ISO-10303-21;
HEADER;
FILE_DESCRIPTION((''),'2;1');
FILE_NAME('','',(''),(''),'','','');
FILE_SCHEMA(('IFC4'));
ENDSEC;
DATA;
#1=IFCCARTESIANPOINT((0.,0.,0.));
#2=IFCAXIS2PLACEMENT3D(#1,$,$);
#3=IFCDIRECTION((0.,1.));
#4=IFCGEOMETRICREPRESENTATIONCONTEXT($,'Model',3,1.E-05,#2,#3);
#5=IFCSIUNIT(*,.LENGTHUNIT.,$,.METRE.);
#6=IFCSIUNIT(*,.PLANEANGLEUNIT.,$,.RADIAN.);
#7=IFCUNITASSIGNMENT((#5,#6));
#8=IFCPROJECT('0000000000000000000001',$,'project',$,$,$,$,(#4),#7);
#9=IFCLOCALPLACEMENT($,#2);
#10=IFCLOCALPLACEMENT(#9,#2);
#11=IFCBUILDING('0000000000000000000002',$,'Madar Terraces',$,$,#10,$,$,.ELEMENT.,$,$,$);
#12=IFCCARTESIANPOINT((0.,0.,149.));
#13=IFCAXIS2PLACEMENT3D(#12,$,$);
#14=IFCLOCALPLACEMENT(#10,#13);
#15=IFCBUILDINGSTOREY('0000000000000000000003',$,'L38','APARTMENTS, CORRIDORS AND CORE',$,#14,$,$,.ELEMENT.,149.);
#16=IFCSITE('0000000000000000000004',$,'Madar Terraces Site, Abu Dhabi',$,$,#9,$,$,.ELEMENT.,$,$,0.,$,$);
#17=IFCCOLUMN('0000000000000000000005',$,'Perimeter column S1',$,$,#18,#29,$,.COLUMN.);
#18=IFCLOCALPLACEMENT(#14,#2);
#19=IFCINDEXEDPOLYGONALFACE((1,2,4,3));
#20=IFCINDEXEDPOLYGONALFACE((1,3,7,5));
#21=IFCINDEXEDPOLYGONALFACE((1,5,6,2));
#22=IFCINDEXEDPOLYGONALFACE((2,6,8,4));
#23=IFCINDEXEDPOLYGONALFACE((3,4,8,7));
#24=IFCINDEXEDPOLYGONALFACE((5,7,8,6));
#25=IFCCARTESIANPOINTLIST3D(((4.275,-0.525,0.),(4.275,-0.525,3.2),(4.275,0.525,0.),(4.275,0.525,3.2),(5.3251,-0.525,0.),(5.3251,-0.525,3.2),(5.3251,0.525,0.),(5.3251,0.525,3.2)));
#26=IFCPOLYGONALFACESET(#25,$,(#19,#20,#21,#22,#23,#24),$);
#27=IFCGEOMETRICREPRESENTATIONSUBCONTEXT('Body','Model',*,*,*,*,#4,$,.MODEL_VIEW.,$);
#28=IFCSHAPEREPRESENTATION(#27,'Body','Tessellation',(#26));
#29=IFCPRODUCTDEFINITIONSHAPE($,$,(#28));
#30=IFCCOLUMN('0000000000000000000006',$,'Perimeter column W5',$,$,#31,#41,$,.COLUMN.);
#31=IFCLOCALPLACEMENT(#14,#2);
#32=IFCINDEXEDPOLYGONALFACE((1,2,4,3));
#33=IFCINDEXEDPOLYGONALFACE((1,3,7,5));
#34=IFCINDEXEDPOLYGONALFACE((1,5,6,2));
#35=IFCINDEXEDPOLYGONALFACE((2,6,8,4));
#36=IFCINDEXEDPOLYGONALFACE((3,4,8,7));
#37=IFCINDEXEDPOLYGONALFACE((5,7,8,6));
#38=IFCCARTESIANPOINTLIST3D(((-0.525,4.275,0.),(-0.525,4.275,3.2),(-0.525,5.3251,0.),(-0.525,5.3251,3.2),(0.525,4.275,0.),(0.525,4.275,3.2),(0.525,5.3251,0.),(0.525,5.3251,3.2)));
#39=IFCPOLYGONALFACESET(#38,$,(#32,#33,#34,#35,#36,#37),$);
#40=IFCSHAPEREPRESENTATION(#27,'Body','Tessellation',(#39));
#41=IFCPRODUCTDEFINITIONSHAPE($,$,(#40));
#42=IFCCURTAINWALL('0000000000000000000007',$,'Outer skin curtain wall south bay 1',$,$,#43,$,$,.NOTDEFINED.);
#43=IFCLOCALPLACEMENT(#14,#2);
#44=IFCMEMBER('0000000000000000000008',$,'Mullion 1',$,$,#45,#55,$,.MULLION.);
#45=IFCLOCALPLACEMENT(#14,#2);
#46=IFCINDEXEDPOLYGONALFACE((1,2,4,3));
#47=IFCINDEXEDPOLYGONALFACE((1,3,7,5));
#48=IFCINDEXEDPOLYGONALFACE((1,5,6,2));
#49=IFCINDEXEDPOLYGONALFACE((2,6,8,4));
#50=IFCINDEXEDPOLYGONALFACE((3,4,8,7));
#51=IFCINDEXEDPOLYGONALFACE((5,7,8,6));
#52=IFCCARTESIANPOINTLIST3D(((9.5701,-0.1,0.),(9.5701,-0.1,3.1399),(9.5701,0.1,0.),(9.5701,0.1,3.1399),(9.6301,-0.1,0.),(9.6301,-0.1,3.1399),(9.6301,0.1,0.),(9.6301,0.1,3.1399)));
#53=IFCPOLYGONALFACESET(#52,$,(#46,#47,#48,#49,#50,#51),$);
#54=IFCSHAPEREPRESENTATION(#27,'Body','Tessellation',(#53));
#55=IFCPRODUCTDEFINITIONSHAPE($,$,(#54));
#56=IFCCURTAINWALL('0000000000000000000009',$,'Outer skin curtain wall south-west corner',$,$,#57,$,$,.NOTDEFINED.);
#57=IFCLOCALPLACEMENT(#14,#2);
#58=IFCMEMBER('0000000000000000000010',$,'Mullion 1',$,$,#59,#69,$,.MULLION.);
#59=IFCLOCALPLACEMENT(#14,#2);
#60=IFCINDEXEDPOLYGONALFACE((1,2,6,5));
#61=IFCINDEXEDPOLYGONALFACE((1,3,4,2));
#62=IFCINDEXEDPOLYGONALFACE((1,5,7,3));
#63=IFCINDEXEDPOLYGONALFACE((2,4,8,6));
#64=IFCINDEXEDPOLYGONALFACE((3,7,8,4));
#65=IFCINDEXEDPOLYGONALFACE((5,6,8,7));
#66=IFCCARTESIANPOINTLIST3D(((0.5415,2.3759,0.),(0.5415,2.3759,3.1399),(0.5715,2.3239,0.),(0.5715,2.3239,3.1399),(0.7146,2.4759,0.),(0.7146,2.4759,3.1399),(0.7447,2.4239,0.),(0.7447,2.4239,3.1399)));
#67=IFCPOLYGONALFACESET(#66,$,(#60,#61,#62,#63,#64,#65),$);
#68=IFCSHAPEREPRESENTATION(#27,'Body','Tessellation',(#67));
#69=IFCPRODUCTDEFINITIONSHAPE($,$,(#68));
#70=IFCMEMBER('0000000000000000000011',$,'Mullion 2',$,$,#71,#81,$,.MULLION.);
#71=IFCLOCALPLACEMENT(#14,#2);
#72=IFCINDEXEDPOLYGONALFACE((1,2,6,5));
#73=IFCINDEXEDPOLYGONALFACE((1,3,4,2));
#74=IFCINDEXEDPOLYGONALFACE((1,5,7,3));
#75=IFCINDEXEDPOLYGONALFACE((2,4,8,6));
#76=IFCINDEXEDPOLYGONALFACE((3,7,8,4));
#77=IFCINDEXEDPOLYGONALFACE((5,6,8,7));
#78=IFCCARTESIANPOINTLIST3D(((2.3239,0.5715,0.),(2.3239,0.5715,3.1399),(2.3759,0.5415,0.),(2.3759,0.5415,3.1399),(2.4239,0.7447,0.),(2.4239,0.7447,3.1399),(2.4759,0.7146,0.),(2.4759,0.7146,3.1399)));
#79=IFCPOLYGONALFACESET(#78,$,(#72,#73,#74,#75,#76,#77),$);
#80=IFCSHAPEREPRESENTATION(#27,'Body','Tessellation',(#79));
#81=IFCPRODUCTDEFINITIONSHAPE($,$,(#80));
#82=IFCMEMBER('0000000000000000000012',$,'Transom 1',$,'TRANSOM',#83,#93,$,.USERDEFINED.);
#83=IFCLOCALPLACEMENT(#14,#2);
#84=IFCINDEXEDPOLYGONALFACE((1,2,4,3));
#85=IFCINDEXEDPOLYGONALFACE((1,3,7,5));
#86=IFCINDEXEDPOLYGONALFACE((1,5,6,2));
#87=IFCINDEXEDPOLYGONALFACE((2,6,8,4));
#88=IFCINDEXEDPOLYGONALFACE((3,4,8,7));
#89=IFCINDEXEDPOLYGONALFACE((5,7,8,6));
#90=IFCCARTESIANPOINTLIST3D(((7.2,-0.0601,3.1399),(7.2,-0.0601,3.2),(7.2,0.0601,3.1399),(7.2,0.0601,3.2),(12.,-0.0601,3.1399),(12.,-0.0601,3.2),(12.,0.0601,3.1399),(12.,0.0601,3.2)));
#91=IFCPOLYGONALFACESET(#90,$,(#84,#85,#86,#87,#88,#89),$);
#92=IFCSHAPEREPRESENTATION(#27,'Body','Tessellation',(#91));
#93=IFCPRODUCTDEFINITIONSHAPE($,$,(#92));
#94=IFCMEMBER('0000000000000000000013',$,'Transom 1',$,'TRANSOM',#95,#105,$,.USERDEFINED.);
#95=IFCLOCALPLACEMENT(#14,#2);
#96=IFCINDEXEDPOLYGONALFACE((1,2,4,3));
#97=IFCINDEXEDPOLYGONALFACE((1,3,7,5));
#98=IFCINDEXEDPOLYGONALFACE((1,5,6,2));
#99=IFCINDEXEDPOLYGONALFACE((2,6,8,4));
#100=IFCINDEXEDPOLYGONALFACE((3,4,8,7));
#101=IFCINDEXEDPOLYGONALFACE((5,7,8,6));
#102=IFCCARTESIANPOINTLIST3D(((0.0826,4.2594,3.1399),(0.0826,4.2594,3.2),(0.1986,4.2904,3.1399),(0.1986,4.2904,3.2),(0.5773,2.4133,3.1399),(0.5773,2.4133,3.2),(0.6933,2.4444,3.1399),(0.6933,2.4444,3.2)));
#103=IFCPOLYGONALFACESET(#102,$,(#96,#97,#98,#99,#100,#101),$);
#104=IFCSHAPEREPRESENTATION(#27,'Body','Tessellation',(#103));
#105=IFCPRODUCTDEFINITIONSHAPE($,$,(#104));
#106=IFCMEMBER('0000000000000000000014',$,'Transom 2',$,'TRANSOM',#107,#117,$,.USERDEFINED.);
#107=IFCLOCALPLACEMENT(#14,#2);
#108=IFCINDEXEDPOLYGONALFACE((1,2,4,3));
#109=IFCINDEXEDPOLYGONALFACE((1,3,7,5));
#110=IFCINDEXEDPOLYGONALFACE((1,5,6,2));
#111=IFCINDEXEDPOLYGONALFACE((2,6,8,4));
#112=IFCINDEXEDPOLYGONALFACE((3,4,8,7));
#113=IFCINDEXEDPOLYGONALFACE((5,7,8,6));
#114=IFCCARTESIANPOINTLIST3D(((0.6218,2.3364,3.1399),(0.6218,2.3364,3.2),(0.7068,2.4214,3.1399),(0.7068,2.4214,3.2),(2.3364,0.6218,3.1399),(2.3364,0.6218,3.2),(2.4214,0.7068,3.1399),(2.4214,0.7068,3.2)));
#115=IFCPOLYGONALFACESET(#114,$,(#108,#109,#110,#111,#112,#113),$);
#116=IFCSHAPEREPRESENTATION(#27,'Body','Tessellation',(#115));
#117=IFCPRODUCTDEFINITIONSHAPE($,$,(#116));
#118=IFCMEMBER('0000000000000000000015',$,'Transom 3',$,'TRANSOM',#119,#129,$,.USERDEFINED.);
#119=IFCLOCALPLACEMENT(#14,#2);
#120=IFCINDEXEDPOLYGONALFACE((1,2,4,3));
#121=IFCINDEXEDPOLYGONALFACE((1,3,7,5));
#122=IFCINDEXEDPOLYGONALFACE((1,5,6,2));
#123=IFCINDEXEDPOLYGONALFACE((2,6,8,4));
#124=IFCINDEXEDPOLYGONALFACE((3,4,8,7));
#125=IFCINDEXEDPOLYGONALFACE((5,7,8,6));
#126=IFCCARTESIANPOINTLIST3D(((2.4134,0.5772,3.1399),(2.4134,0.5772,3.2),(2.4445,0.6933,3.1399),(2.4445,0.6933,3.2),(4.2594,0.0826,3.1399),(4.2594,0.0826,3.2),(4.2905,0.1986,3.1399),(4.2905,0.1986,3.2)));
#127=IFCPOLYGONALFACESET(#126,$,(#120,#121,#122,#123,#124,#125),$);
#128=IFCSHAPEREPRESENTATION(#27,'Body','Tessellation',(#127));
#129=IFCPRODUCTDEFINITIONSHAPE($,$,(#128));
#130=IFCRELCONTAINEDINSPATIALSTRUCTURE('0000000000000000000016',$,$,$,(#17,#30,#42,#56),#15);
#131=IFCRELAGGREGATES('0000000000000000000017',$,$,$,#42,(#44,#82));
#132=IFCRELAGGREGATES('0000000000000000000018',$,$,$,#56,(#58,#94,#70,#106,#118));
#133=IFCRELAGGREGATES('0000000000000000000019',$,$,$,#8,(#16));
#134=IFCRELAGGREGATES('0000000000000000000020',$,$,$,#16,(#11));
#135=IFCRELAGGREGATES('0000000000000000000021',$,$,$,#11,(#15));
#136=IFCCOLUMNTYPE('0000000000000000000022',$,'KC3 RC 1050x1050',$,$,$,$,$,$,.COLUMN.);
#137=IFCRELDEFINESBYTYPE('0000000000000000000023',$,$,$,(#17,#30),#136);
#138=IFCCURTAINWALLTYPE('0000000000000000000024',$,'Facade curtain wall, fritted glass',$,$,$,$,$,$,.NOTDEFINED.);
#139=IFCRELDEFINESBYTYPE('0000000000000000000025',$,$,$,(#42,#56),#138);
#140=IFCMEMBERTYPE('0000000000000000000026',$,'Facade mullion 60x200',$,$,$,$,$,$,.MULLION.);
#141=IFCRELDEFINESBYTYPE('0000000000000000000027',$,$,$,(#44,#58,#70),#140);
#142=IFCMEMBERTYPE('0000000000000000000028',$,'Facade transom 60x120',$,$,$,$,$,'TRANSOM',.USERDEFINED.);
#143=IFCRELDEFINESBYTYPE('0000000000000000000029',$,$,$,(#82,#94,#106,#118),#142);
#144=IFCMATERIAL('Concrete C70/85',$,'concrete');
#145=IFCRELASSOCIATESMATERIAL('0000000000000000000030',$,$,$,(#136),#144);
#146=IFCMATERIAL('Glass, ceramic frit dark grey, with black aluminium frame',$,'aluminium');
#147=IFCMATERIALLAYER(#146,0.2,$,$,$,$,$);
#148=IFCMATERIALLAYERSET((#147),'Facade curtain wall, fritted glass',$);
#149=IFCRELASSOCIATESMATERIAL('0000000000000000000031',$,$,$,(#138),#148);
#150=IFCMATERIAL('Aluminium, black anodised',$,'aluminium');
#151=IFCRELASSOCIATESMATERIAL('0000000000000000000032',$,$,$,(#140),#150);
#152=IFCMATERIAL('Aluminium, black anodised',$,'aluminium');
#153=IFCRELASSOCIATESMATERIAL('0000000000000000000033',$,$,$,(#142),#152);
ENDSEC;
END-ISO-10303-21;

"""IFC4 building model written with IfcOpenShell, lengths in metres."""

from ifc_helpers import new_model, si_unit, direction, frame, origin, origin_2d, place, context, subcontext, project, spatial, rectangle, extrude, material, layer, layer_set, material_profile, profile_set, type_object, element, aggregate, save


model = new_model("IFC4")

# Units and contexts
model_context = context("Model", 3, precision=1e-05, world=origin(), true_north=direction((0.0, 1.0)))
body_context = subcontext(model_context, "Body", "Model", "MODEL_VIEW")
ifc_project = project(units=[si_unit("LENGTHUNIT", "METRE"), si_unit("PLANEANGLEUNIT", "RADIAN")], contexts=[model_context])

# Site, building, storey
site_placement = place(None, origin())
site = spatial("IfcSite", under=ifc_project, at=site_placement, Name="Madar Terraces Site, Abu Dhabi", CompositionType="ELEMENT", RefElevation=0.0)
building_placement = place(site_placement, origin())
building = spatial("IfcBuilding", under=site, at=building_placement, Name="Madar Terraces", CompositionType="ELEMENT")
storey_placement = place(building_placement, frame((0.0, 0.0, 149.0)))
storey = spatial("IfcBuildingStorey", under=building, at=storey_placement, Name="L38", Description="APARTMENTS, CORRIDORS AND CORE", CompositionType="ELEMENT", Elevation=149.0)

# Columns
ifc_material_1 = material(Name="Concrete C70/85", Category="concrete")
ifc_material_profile_1 = material_profile(ifc_material_1, rectangle(XDim=1.05, YDim=1.05, at=origin_2d()), Name="KC3 RC 1050x1050")
ifc_profile_set_1 = profile_set([ifc_material_profile_1], Name="Concrete C70/85")
column_type = type_object("IfcColumnType", Name="KC3 RC 1050x1050", PredefinedType="COLUMN", material=ifc_profile_set_1)
for number, where, z_axis, x_axis, name in (
    (1, (4.8, 0.0, 0.0), (0.0, 0.0, 1.0), (1.0, 0.0, 0.0), "Perimeter column S1"),
    (2, (0.0, 4.8, 0.0), (0.0, 0.0, 1.0), (1.0, 0.0, 0.0), "Perimeter column W5"),
):
    element("IfcColumn", number, at=place(storey_placement, frame(where, z_axis=z_axis, x_axis=x_axis)), inside=storey, type_object=column_type, Name=name, PredefinedType="COLUMN", context=body_context, shape_type="SweptSolid", body=[
        extrude(rectangle(XDim=1.05, YDim=1.05, at=origin_2d()), origin(), (0.0, 0.0, 1.0), 3.2),
    ])

# Curtain wall, member
ifc_material_2 = material(Name="Glass, ceramic frit dark grey, with black aluminium frame", Category="aluminium")
ifc_layer_1 = layer(ifc_material_2, 0.2)
ifc_layer_set_1 = layer_set([ifc_layer_1], Name="Facade curtain wall, fritted glass")
curtain_wall_type = type_object("IfcCurtainWallType", Name="Facade curtain wall, fritted glass", PredefinedType="NOTDEFINED", material=ifc_layer_set_1)
curtain_wall_1_placement = place(storey_placement, origin())
curtain_wall_1 = element("IfcCurtainWall", 3, at=curtain_wall_1_placement, inside=storey, type_object=curtain_wall_type, Name="Outer skin curtain wall south bay 1", PredefinedType="NOTDEFINED")
ifc_material_3 = material(Name="Aluminium, black anodised", Category="aluminium")
ifc_material_profile_2 = material_profile(ifc_material_3, rectangle(XDim=0.2, YDim=0.0601, at=origin_2d()), Name="Facade mullion 60x200")
ifc_profile_set_2 = profile_set([ifc_material_profile_2], Name="Aluminium, black anodised")
member_type_1 = type_object("IfcMemberType", Name="Facade mullion 60x200", PredefinedType="MULLION", material=ifc_profile_set_2)
member_1_placement = place(storey_placement, frame((9.6001, 0.0, 0.0), z_axis=(0.0, 0.0, 1.0), x_axis=(0.0, 1.0, 0.0)))
member_1 = element("IfcMember", 4, at=member_1_placement, type_object=member_type_1, Name="Mullion 1", PredefinedType="MULLION", context=body_context, shape_type="SweptSolid", body=[
    extrude(rectangle(XDim=0.2, YDim=0.0601, at=origin_2d()), origin(), (0.0, 0.0, 1.0), 3.1399),
])

# Curtain wall, members
curtain_wall_2_placement = place(storey_placement, origin())
curtain_wall_2 = element("IfcCurtainWall", 5, at=curtain_wall_2_placement, inside=storey, type_object=curtain_wall_type, Name="Outer skin curtain wall south-west corner", PredefinedType="NOTDEFINED")
member_2_placement = place(storey_placement, frame((0.6431, 2.3999, 0.0), z_axis=(0.0, 0.0, 1.0), x_axis=(0.866025, 0.5, 0.0)))
member_2 = element("IfcMember", 6, at=member_2_placement, type_object=member_type_1, Name="Mullion 1", PredefinedType="MULLION", context=body_context, shape_type="SweptSolid", body=[
    extrude(rectangle(XDim=0.2, YDim=0.0601, at=origin_2d()), origin(), (0.0, 0.0, 1.0), 3.1399),
])
member_3_placement = place(storey_placement, frame((2.3999, 0.6431, 0.0), z_axis=(0.0, 0.0, 1.0), x_axis=(0.5, 0.866025, 0.0)))
member_3 = element("IfcMember", 7, at=member_3_placement, type_object=member_type_1, Name="Mullion 2", PredefinedType="MULLION", context=body_context, shape_type="SweptSolid", body=[
    extrude(rectangle(XDim=0.2, YDim=0.0601, at=origin_2d()), origin(), (0.0, 0.0, 1.0), 3.1399),
])

# Members
ifc_material_4 = material(Name="Aluminium, black anodised", Category="aluminium")
ifc_material_profile_3 = material_profile(ifc_material_4, rectangle(XDim=0.1201, YDim=0.0601, at=origin_2d()), Name="Facade transom 60x120")
ifc_profile_set_3 = profile_set([ifc_material_profile_3], Name="Aluminium, black anodised")
member_type_2 = type_object("IfcMemberType", Name="Facade transom 60x120", ElementType="TRANSOM", PredefinedType="USERDEFINED", material=ifc_profile_set_3)
member_4_placement = place(storey_placement, frame((7.2, 0.0, 3.1699), z_axis=(1.0, 0.0, 0.0), x_axis=(0.0, 1.0, 0.0)))
member_4 = element("IfcMember", 8, at=member_4_placement, type_object=member_type_2, Name="Transom 1", ObjectType="TRANSOM", PredefinedType="USERDEFINED", context=body_context, shape_type="SweptSolid", body=[
    extrude(rectangle(XDim=0.1201, YDim=0.0601, at=origin_2d()), origin(), (0.0, 0.0, 1.0), 4.8),
])
member_5_placement = place(storey_placement, frame((0.1406, 4.2749, 3.1699), z_axis=(0.258823, -0.965925, 0.0), x_axis=(0.965925, 0.258823, 0.0)))
member_5 = element("IfcMember", 9, at=member_5_placement, type_object=member_type_2, Name="Transom 1", ObjectType="TRANSOM", PredefinedType="USERDEFINED", context=body_context, shape_type="SweptSolid", body=[
    extrude(rectangle(XDim=0.1201, YDim=0.0601, at=origin_2d()), origin(), (0.0, 0.0, 1.0), 1.9111),
])
member_6_placement = place(storey_placement, frame((0.6643, 2.3789, 3.1699), z_axis=(0.707107, -0.707107, 0.0), x_axis=(0.707107, 0.707107, 0.0)))
member_6 = element("IfcMember", 10, at=member_6_placement, type_object=member_type_2, Name="Transom 2", ObjectType="TRANSOM", PredefinedType="USERDEFINED", context=body_context, shape_type="SweptSolid", body=[
    extrude(rectangle(XDim=0.1201, YDim=0.0601, at=origin_2d()), origin(), (0.0, 0.0, 1.0), 2.4248),
])
member_7_placement = place(storey_placement, frame((2.429, 0.6353, 3.1699), z_axis=(0.965925, -0.258823, 0.0), x_axis=(0.258823, 0.965925, 0.0)))
member_7 = element("IfcMember", 11, at=member_7_placement, type_object=member_type_2, Name="Transom 3", ObjectType="TRANSOM", PredefinedType="USERDEFINED", context=body_context, shape_type="SweptSolid", body=[
    extrude(rectangle(XDim=0.1201, YDim=0.0601, at=origin_2d()), origin(), (0.0, 0.0, 1.0), 1.9111),
])

aggregate(curtain_wall_1, [member_1, member_4])
aggregate(curtain_wall_2, [member_2, member_5, member_3, member_6, member_7])

save(model, "model.ifc")
